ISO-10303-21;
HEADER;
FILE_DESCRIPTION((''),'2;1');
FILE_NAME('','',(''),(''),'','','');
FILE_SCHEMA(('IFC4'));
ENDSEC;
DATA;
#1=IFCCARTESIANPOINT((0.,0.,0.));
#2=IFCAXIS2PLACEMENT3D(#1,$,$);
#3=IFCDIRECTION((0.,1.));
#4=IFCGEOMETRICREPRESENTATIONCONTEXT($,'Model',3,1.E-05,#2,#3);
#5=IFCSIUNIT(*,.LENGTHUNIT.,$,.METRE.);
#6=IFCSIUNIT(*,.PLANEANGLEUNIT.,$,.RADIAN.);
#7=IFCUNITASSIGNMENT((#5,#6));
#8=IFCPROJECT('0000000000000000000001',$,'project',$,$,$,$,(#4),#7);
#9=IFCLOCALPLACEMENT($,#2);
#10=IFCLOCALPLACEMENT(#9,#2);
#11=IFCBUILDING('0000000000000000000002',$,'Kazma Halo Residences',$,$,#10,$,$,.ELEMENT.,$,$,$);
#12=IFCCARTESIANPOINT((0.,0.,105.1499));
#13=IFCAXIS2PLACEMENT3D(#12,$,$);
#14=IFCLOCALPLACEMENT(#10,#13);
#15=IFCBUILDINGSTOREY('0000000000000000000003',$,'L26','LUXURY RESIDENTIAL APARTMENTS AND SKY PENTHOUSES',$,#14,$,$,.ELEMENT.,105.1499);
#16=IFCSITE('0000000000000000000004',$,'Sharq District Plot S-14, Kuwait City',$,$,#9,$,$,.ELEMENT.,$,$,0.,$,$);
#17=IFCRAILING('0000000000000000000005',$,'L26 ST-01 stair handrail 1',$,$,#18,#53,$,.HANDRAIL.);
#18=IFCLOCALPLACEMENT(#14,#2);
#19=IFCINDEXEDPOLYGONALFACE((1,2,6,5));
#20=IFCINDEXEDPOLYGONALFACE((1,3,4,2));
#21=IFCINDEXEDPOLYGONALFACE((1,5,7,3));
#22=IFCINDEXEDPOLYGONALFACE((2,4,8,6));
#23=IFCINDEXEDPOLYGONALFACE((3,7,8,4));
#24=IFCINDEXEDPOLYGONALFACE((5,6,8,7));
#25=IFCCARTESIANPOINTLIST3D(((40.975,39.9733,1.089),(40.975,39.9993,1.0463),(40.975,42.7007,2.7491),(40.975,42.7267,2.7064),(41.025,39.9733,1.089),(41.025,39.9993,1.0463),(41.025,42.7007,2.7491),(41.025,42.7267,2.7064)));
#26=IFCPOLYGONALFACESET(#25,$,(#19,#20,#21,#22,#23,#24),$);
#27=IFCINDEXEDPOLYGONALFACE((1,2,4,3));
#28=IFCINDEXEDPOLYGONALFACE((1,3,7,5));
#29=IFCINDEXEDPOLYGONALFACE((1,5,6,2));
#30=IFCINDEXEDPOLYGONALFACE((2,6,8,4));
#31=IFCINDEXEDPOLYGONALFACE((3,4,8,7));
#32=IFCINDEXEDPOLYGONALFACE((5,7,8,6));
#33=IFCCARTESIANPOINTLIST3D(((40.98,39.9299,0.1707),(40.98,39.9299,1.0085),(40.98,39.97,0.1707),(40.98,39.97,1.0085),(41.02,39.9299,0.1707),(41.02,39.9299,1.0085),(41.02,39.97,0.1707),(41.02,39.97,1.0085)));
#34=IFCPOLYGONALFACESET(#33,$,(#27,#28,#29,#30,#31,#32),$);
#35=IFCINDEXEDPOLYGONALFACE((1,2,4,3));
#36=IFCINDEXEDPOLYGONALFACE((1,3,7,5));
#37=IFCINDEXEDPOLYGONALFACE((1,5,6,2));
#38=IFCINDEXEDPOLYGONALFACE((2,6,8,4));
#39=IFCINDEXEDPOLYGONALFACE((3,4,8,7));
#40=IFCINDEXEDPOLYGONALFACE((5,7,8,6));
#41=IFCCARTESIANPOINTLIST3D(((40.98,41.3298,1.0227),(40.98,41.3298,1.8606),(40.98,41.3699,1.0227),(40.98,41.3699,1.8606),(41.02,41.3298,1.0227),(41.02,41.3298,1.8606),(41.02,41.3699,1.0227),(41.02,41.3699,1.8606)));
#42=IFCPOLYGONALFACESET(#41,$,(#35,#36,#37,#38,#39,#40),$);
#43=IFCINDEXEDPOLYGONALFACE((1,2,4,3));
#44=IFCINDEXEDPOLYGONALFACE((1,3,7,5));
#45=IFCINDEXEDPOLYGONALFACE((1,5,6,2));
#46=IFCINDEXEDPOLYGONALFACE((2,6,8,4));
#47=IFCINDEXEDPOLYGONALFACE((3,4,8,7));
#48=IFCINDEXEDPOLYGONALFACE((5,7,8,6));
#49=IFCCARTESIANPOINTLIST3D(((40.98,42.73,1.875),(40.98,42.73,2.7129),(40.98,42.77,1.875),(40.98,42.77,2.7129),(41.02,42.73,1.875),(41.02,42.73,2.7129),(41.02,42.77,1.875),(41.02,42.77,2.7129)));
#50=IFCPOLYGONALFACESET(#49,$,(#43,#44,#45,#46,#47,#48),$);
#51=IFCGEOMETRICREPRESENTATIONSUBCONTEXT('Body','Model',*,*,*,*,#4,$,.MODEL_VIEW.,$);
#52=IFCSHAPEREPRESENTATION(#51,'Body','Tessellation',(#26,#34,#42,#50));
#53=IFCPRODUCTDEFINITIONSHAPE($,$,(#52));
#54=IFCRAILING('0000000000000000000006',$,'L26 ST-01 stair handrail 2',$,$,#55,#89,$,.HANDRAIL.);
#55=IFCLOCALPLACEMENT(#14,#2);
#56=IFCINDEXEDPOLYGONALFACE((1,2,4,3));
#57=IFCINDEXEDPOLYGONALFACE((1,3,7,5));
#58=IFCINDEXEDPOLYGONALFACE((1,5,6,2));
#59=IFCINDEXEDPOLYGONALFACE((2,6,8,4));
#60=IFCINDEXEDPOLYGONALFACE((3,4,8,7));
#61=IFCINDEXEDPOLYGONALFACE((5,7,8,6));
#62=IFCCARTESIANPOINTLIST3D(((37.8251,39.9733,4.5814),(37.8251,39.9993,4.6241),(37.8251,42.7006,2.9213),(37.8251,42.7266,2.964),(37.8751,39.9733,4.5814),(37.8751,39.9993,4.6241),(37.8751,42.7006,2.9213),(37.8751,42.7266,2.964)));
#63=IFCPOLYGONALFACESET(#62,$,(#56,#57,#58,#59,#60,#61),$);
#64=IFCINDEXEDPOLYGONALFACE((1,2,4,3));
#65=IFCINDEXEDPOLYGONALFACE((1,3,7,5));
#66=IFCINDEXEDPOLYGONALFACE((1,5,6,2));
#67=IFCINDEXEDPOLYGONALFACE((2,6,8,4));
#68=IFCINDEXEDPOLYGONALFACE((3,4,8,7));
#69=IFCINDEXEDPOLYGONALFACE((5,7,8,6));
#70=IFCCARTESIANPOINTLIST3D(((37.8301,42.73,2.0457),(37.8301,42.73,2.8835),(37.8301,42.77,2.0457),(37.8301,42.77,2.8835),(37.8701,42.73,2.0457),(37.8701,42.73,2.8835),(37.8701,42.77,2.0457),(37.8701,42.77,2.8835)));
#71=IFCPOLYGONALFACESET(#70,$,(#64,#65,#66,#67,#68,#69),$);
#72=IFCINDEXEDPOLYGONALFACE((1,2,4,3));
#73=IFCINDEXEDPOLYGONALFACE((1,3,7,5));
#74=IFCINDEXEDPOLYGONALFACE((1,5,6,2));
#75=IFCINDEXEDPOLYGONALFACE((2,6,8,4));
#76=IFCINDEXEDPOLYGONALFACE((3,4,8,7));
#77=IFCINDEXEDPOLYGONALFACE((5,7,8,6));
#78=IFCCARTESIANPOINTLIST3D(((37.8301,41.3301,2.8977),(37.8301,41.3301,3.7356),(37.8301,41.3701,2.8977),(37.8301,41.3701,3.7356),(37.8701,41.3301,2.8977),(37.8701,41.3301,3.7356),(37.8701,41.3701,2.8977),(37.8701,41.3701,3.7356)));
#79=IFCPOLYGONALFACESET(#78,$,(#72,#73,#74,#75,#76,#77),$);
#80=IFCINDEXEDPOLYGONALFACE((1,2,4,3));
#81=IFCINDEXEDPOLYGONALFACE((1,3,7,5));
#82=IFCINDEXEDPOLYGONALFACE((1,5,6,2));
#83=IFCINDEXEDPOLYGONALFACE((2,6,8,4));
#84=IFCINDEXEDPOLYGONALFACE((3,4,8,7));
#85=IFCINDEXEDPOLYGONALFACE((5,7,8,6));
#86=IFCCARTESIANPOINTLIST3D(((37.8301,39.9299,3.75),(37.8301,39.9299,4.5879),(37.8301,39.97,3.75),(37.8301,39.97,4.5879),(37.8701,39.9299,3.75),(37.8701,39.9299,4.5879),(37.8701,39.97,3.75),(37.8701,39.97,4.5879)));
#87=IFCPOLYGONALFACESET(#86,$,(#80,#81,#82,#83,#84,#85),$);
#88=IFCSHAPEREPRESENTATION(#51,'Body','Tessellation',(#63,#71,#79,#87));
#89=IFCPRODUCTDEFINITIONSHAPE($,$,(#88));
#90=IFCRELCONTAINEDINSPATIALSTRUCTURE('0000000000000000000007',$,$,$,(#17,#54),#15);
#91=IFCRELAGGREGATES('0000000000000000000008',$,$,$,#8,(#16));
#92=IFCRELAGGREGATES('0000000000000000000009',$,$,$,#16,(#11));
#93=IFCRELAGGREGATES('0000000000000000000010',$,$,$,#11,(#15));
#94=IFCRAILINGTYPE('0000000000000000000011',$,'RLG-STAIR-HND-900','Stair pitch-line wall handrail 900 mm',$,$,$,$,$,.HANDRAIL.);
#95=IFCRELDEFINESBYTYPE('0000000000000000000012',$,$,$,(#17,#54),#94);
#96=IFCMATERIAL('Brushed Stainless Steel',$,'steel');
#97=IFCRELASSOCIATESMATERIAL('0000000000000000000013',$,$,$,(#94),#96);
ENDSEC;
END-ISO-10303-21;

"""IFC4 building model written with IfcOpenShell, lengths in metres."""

from ifc_helpers import new_model, si_unit, direction, frame, origin, origin_2d, place, context, subcontext, project, spatial, rectangle, extrude, material, type_object, element, save


model = new_model("IFC4")

# Units and contexts
model_context = context("Model", 3, precision=1e-05, world=origin(), true_north=direction((0.0, 1.0)))
body_context = subcontext(model_context, "Body", "Model", "MODEL_VIEW")
ifc_project = project(units=[si_unit("LENGTHUNIT", "METRE"), si_unit("PLANEANGLEUNIT", "RADIAN")], contexts=[model_context])

# Site, building, storey
site_placement = place(None, origin())
site = spatial("IfcSite", under=ifc_project, at=site_placement, Name="Sharq District Plot S-14, Kuwait City", CompositionType="ELEMENT", RefElevation=0.0)
building_placement = place(site_placement, origin())
building = spatial("IfcBuilding", under=site, at=building_placement, Name="Kazma Halo Residences", CompositionType="ELEMENT")
storey_placement = place(building_placement, frame((0.0, 0.0, 105.1499)))
storey = spatial("IfcBuildingStorey", under=building, at=storey_placement, Name="L26", Description="LUXURY RESIDENTIAL APARTMENTS AND SKY PENTHOUSES", CompositionType="ELEMENT", Elevation=105.1499)

# Railings
ifc_material_1 = material(Name="Brushed Stainless Steel", Category="steel")
railing_type_1 = type_object("IfcRailingType", Name="RLG-STAIR-HND-900", Description="Stair pitch-line wall handrail 900 mm", PredefinedType="HANDRAIL", material=ifc_material_1)
railing_1_placement = place(storey_placement, frame((41.0, 39.95, 0.1707)))
element("IfcRailing", 1, at=railing_1_placement, inside=storey, type_object=railing_type_1, Name="L26 ST-01 stair handrail 1", PredefinedType="HANDRAIL", context=body_context, shape_type="SweptSolid", body=[
    extrude(rectangle(XDim=0.05, YDim=0.05, at=origin_2d()), frame((0.0, 0.0364, 0.897), z_axis=(0.0, 0.854203, 0.51994), x_axis=(-1.0, 0.0, 0.0)), (0.0, 0.0, 1.0), 3.1929),
    extrude(rectangle(XDim=0.04, YDim=0.04, at=origin_2d()), origin(), (0.0, 0.0, 1.0), 0.8379),
    extrude(rectangle(XDim=0.04, YDim=0.04, at=origin_2d()), frame((0.0, 1.3999, 0.8521)), (0.0, 0.0, 1.0), 0.8379),
    extrude(rectangle(XDim=0.04, YDim=0.04, at=origin_2d()), frame((0.0, 2.8, 1.7043)), (0.0, 0.0, 1.0), 0.8379),
])
railing_2_placement = place(storey_placement, frame((37.8501, 42.75, 2.0457)))
element("IfcRailing", 2, at=railing_2_placement, inside=storey, type_object=railing_type_1, Name="L26 ST-01 stair handrail 2", PredefinedType="HANDRAIL", context=body_context, shape_type="SweptSolid", body=[
    extrude(rectangle(XDim=0.05, YDim=0.05, at=origin_2d()), frame((0.0, -0.0364, 0.897), z_axis=(0.0, -0.854203, 0.51994), x_axis=(1.0, 0.0, 0.0)), (0.0, 0.0, 1.0), 3.1929),
    extrude(rectangle(XDim=0.04, YDim=0.04, at=origin_2d()), origin(), (0.0, 0.0, 1.0), 0.8379),
    extrude(rectangle(XDim=0.04, YDim=0.04, at=origin_2d()), frame((0.0, -1.3999, 0.8521)), (0.0, 0.0, 1.0), 0.8379),
    extrude(rectangle(XDim=0.04, YDim=0.04, at=origin_2d()), frame((0.0, -2.8, 1.7043)), (0.0, 0.0, 1.0), 0.8379),
])

save(model, "model.ifc")
